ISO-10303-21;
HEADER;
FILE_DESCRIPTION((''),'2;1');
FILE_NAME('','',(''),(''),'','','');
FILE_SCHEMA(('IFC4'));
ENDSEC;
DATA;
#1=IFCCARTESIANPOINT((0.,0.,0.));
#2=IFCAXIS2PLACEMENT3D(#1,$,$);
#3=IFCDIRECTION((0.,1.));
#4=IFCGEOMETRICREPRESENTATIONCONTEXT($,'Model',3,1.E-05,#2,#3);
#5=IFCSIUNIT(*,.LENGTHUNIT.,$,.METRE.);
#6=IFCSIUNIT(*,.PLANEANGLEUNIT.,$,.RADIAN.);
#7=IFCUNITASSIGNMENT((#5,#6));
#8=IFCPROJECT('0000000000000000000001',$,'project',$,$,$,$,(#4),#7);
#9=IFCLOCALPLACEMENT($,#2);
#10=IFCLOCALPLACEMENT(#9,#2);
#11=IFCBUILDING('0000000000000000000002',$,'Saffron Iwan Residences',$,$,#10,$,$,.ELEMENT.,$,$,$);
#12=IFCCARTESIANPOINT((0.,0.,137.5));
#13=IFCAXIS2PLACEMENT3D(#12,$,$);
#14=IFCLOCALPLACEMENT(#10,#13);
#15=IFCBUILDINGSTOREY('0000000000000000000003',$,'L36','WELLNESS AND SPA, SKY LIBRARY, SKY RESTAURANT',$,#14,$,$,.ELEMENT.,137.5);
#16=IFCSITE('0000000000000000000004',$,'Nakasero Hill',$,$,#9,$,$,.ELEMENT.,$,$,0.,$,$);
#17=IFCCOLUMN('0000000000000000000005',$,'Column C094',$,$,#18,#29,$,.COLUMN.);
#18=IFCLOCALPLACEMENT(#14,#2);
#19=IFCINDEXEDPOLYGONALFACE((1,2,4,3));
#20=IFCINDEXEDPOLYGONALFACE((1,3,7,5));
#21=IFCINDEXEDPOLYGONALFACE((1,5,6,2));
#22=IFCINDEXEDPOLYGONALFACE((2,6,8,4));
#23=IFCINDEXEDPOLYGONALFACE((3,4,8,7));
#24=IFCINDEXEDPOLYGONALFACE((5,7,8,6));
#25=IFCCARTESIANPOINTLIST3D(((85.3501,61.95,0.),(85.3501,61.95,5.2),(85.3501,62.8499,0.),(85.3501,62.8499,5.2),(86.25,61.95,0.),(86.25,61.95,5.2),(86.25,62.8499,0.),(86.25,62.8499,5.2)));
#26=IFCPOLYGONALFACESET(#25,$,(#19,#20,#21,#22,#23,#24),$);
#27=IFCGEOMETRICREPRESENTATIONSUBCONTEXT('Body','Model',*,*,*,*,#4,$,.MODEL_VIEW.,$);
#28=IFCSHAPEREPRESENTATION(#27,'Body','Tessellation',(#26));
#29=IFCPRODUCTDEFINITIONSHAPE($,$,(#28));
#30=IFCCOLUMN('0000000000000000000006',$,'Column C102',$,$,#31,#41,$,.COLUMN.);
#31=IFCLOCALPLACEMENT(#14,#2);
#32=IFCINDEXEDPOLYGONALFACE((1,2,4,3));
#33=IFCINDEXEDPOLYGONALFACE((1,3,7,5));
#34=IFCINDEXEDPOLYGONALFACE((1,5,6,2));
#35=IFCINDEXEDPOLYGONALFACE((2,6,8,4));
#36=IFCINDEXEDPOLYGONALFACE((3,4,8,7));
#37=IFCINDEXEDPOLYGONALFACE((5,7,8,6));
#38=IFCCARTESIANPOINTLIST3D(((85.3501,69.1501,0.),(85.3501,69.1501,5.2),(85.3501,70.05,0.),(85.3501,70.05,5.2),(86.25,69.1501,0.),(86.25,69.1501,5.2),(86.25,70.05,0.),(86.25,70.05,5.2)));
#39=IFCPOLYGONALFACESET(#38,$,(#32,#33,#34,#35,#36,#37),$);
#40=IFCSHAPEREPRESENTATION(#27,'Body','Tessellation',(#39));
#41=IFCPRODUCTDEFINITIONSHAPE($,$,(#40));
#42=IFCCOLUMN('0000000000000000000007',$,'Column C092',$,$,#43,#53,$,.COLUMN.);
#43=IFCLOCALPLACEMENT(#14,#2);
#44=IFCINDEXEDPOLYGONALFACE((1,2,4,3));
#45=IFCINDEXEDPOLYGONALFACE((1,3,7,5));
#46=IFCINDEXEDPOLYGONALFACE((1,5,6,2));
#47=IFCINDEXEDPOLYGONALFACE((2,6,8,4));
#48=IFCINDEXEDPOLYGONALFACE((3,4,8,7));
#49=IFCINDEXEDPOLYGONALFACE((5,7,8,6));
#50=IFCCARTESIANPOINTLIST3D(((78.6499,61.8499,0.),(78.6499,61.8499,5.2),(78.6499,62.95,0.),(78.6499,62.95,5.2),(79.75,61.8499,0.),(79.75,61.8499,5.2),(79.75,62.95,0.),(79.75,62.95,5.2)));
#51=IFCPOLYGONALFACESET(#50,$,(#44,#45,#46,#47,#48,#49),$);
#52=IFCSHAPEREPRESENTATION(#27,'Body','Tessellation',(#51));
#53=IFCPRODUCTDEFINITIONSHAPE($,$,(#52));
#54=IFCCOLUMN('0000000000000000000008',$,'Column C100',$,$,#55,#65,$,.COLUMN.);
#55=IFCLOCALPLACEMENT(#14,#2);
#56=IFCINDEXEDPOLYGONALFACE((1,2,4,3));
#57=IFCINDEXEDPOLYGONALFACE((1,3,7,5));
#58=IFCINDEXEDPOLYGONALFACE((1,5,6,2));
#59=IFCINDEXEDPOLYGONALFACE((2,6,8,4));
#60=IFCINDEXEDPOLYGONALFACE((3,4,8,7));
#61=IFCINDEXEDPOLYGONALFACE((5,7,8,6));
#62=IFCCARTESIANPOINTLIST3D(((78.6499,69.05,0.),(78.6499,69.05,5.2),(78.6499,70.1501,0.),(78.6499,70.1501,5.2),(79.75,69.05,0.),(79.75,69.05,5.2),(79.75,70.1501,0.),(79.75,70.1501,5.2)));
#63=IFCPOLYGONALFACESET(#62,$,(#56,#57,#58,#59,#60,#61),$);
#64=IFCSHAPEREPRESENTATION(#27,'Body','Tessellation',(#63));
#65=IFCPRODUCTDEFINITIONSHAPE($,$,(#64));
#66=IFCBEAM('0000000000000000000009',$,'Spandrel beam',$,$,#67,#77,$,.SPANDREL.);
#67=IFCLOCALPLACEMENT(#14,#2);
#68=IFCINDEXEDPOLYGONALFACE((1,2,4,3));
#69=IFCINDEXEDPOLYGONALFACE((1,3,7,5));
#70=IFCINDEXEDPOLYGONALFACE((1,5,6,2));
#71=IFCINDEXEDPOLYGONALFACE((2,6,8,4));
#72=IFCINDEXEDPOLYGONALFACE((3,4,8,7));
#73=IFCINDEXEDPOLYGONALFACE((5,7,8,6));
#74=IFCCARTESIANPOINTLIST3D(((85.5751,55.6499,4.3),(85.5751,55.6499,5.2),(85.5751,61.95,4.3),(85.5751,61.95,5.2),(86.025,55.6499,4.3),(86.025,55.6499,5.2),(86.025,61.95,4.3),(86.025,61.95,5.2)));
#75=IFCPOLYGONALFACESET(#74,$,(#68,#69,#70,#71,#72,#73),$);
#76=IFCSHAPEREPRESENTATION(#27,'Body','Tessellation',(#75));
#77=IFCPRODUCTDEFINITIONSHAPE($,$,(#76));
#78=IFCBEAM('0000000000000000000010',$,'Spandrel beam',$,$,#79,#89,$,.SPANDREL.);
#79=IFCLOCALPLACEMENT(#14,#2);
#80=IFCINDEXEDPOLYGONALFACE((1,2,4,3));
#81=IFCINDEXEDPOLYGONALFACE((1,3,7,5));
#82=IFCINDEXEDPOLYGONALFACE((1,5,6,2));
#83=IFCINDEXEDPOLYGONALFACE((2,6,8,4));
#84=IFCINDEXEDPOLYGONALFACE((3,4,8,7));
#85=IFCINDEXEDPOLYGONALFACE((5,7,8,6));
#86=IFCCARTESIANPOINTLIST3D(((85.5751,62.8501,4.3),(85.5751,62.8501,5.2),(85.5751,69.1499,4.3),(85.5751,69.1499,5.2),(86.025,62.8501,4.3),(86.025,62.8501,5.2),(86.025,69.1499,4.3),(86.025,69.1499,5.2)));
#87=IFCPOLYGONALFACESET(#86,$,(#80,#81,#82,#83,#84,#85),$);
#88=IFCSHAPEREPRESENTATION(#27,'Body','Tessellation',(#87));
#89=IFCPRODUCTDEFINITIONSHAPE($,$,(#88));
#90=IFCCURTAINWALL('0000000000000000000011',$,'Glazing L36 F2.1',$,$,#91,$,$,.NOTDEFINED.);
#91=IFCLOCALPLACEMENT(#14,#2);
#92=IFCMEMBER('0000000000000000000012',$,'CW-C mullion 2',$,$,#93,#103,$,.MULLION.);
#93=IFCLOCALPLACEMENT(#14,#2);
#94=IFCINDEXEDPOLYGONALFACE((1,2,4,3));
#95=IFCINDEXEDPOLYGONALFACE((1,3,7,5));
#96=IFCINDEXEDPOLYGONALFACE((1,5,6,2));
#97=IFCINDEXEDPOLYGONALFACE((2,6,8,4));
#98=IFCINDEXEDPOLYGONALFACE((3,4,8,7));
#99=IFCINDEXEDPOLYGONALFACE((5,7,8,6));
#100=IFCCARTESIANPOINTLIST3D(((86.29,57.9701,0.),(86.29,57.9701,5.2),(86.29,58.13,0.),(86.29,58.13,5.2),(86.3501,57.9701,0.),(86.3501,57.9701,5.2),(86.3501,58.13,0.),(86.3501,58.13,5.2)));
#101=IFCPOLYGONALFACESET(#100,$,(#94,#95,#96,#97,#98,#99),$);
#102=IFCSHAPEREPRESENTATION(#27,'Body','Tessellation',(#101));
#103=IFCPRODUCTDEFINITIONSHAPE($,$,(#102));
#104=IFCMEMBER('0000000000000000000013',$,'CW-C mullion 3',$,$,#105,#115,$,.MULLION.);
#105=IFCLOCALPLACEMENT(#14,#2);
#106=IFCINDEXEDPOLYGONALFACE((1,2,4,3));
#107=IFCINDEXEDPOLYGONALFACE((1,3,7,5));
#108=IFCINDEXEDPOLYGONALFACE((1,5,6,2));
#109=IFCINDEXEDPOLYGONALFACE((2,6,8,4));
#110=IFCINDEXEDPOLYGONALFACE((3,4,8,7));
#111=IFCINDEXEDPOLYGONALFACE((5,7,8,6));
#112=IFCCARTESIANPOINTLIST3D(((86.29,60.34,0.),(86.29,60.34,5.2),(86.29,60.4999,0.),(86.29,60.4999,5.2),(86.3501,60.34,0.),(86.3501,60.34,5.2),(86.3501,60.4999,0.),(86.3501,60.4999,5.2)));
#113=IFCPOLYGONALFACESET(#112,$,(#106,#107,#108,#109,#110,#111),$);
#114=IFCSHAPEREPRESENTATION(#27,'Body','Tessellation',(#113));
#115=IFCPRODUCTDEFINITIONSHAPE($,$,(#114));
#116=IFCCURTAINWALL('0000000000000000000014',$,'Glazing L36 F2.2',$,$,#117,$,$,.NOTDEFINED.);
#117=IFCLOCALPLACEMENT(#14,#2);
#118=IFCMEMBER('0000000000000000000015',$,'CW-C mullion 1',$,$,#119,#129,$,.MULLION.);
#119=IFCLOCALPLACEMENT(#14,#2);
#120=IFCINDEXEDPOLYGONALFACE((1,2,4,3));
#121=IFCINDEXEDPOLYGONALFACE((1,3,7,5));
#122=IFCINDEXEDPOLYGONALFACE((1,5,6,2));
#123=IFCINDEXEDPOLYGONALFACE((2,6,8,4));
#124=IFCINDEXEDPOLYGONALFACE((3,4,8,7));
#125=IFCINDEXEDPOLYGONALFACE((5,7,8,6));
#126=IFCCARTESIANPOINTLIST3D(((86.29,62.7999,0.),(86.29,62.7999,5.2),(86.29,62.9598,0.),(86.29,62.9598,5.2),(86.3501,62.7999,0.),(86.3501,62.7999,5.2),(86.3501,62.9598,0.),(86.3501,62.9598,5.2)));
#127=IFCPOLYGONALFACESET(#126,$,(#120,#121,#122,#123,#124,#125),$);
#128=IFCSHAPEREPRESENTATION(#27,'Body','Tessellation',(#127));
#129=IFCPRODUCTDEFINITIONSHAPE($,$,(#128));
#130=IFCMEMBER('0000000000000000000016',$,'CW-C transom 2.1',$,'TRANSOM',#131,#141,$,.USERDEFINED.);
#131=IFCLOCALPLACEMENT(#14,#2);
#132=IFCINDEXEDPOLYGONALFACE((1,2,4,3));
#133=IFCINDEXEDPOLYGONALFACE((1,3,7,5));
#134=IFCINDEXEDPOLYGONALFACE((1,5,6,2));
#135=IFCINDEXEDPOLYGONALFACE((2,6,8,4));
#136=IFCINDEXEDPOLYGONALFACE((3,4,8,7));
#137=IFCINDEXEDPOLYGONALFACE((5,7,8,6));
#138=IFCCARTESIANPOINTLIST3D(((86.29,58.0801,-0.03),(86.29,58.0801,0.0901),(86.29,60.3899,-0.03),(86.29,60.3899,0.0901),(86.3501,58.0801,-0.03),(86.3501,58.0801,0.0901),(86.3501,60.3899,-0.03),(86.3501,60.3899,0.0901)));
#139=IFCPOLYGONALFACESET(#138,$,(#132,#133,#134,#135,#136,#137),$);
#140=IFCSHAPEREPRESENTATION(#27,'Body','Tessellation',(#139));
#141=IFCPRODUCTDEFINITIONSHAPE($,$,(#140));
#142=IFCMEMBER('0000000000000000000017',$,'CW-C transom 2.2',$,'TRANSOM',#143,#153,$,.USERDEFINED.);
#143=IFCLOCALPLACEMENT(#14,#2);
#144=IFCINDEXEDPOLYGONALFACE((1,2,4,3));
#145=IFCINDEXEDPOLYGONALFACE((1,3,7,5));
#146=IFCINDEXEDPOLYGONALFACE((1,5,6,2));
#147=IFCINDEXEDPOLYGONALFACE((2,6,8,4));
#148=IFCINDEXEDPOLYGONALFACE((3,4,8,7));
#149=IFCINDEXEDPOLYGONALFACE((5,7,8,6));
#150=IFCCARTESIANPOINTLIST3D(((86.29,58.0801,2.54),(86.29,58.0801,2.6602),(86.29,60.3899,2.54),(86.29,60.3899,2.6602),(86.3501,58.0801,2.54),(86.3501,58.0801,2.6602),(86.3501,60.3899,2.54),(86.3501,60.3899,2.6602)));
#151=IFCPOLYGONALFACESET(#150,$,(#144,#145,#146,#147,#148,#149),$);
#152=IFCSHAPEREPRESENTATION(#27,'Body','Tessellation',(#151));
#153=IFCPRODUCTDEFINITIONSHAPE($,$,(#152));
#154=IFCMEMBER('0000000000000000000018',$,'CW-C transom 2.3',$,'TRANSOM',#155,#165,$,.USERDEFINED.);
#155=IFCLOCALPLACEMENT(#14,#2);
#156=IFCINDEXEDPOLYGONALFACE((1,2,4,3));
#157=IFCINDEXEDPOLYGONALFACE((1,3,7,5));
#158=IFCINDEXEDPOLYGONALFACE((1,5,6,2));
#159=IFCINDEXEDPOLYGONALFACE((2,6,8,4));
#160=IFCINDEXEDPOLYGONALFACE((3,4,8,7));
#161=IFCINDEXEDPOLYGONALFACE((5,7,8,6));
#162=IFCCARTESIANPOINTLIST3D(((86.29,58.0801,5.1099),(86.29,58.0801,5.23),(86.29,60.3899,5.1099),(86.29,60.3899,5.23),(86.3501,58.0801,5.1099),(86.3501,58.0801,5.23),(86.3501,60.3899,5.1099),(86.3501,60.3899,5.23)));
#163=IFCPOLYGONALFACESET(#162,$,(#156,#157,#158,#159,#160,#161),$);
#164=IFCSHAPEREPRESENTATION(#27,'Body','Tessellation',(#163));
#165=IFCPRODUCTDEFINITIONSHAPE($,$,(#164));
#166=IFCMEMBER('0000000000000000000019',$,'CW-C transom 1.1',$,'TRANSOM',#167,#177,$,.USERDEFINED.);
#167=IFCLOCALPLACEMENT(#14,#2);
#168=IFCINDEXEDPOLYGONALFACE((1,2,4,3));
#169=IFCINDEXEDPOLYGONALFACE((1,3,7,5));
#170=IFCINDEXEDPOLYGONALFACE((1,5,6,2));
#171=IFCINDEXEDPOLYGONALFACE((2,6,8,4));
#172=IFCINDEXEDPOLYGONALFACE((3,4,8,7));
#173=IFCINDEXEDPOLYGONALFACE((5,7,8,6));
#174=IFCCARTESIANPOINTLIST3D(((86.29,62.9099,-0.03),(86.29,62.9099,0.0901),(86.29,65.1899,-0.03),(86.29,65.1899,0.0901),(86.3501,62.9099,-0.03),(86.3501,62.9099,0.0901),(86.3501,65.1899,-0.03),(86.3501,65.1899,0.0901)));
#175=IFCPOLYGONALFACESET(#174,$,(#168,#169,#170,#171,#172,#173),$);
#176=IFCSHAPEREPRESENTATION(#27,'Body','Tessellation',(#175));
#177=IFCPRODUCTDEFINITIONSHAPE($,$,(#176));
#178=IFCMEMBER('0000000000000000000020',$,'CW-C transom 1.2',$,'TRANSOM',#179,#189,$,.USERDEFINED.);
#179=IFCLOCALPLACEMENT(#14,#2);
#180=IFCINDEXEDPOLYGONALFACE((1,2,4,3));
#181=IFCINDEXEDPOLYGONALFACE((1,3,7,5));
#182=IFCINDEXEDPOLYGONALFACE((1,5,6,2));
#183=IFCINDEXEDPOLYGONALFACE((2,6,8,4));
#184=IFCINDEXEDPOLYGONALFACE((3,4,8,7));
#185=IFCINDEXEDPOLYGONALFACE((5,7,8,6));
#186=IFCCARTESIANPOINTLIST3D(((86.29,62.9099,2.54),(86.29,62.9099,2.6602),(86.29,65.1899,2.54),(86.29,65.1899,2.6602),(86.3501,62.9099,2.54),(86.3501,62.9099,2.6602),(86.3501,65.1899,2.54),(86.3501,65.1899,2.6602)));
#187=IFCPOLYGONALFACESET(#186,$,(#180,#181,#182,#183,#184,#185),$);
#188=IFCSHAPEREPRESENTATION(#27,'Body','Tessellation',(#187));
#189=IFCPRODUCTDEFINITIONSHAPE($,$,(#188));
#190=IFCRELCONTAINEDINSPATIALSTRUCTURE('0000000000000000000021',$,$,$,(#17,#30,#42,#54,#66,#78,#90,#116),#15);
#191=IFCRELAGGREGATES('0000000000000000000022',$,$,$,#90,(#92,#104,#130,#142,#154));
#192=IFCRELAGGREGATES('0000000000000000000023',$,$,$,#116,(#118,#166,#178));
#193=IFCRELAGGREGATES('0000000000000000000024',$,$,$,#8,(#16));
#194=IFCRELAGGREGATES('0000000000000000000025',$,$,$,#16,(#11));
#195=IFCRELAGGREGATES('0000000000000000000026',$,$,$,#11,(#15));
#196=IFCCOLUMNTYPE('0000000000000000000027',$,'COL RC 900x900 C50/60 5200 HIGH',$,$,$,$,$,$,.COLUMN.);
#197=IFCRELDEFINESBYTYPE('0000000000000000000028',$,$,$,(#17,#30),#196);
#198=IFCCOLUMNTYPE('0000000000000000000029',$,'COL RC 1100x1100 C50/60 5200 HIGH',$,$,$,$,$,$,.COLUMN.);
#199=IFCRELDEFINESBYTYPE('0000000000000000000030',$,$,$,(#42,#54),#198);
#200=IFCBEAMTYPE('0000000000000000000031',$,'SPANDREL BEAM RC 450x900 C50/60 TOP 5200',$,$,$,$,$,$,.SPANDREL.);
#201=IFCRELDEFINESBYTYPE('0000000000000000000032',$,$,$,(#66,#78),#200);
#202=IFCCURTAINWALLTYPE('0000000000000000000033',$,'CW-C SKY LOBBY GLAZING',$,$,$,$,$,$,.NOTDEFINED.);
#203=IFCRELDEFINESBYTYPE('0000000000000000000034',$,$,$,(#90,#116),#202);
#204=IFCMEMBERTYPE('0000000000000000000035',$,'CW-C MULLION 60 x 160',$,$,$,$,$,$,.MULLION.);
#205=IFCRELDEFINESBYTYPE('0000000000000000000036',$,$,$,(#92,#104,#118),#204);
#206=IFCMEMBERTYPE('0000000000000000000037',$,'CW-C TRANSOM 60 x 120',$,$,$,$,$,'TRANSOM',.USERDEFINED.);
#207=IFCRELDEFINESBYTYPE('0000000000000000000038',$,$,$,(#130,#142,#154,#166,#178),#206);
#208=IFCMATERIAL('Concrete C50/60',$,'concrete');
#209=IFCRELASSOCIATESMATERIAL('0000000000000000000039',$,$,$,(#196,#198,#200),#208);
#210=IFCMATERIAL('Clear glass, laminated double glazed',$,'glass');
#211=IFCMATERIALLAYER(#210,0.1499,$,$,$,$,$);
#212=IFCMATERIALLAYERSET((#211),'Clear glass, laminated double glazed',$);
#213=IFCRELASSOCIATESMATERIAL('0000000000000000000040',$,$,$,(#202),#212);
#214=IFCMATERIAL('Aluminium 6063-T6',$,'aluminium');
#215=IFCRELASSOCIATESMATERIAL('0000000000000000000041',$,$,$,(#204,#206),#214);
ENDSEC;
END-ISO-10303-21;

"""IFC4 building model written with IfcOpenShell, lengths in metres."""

from ifc_helpers import new_model, si_unit, direction, frame, origin, origin_2d, place, context, subcontext, project, spatial, rectangle, extrude, source, transform, mapped, material, layer, layer_set, material_profile, profile_set, type_object, element, aggregate, save


model = new_model("IFC4")

# Units and contexts
model_context = context("Model", 3, precision=1e-05, world=origin(), true_north=direction((0.0, 1.0)))
body_context = subcontext(model_context, "Body", "Model", "MODEL_VIEW")
ifc_project = project(units=[si_unit("LENGTHUNIT", "METRE"), si_unit("PLANEANGLEUNIT", "RADIAN")], contexts=[model_context])

# Site, building, storey
site_placement = place(None, origin())
site = spatial("IfcSite", under=ifc_project, at=site_placement, Name="Nakasero Hill", CompositionType="ELEMENT", RefElevation=0.0)
building_placement = place(site_placement, origin())
building = spatial("IfcBuilding", under=site, at=building_placement, Name="Saffron Iwan Residences", CompositionType="ELEMENT")
storey_placement = place(building_placement, frame((0.0, 0.0, 137.5)))
storey = spatial("IfcBuildingStorey", under=building, at=storey_placement, Name="L36", Description="WELLNESS AND SPA, SKY LIBRARY, SKY RESTAURANT", CompositionType="ELEMENT", Elevation=137.5)

# Columns
ifc_material_1 = material(Name="Concrete C50/60", Category="concrete")
ifc_material_profile_1 = material_profile(ifc_material_1, rectangle(XDim=0.8999, YDim=0.8999, at=origin_2d()), Name="RC 900x900")
ifc_profile_set_1 = profile_set([ifc_material_profile_1], Name="Concrete C50/60")
column_type_1 = type_object("IfcColumnType", Name="COL RC 900x900 C50/60 5200 HIGH", PredefinedType="COLUMN", material=ifc_profile_set_1)
shared_shape_1 = source(origin(), body_context, "Body", "SweptSolid", [
    extrude(rectangle(XDim=0.8999, YDim=0.8999, at=origin_2d()), origin(), (0.0, 0.0, 1.0), 5.2),
])
for number, where, z_axis, x_axis, name in (
    (1, (85.8, 62.3999, 0.0), (0.0, 0.0, 1.0), (1.0, 0.0, 0.0), "Column C094"),
    (2, (85.8, 69.6001, 0.0), (0.0, 0.0, 1.0), (1.0, 0.0, 0.0), "Column C102"),
):
    element("IfcColumn", number, at=place(storey_placement, frame(where, z_axis=z_axis, x_axis=x_axis)), inside=storey, type_object=column_type_1, Name=name, PredefinedType="COLUMN", context=body_context, shape_type="MappedRepresentation", body=[
        mapped(shared_shape_1, transform((0.0, 0.0, 0.0))),
    ])
ifc_material_profile_2 = material_profile(ifc_material_1, rectangle(XDim=1.1001, YDim=1.1001, at=origin_2d()), Name="RC 1100x1100")
ifc_profile_set_2 = profile_set([ifc_material_profile_2], Name="Concrete C50/60")
column_type_2 = type_object("IfcColumnType", Name="COL RC 1100x1100 C50/60 5200 HIGH", PredefinedType="COLUMN", material=ifc_profile_set_2)
shared_shape_2 = source(origin(), body_context, "Body", "SweptSolid", [
    extrude(rectangle(XDim=1.1001, YDim=1.1001, at=origin_2d()), origin(), (0.0, 0.0, 1.0), 5.2),
])
for number, where, z_axis, x_axis, name in (
    (3, (79.2, 62.3999, 0.0), (0.0, 0.0, 1.0), (1.0, 0.0, 0.0), "Column C092"),
    (4, (79.2, 69.6001, 0.0), (0.0, 0.0, 1.0), (1.0, 0.0, 0.0), "Column C100"),
):
    element("IfcColumn", number, at=place(storey_placement, frame(where, z_axis=z_axis, x_axis=x_axis)), inside=storey, type_object=column_type_2, Name=name, PredefinedType="COLUMN", context=body_context, shape_type="MappedRepresentation", body=[
        mapped(shared_shape_2, transform((0.0, 0.0, 0.0))),
    ])

# Beams
ifc_material_profile_3 = material_profile(ifc_material_1, rectangle(XDim=0.45, YDim=0.8999, at=origin_2d()), Name="RC 450x900")
ifc_profile_set_3 = profile_set([ifc_material_profile_3], Name="Concrete C50/60")
beam_type = type_object("IfcBeamType", Name="SPANDREL BEAM RC 450x900 C50/60 TOP 5200", PredefinedType="SPANDREL", material=ifc_profile_set_3)
shared_shape_3 = source(origin(), body_context, "Body", "SweptSolid", [
    extrude(rectangle(XDim=0.45, YDim=0.8999, at=origin_2d()), origin(), (0.0, 0.0, 1.0), 6.3),
])
beam_1_placement = place(storey_placement, frame((85.8, 61.95, 4.75), z_axis=(0.0, -1.0, 0.0), x_axis=(1.0, 0.0, 0.0)))
element("IfcBeam", 5, at=beam_1_placement, inside=storey, type_object=beam_type, Name="Spandrel beam", PredefinedType="SPANDREL", context=body_context, shape_type="MappedRepresentation", body=[
    mapped(shared_shape_3, transform((0.0, 0.0, 0.0))),
])
shared_shape_4 = source(origin(), body_context, "Body", "SweptSolid", [
    extrude(rectangle(XDim=0.45, YDim=0.8999, at=origin_2d()), origin(), (0.0, 0.0, 1.0), 6.2998),
])
beam_2_placement = place(storey_placement, frame((85.8, 69.1499, 4.75), z_axis=(0.0, -1.0, 0.0), x_axis=(1.0, 0.0, 0.0)))
element("IfcBeam", 6, at=beam_2_placement, inside=storey, type_object=beam_type, Name="Spandrel beam", PredefinedType="SPANDREL", context=body_context, shape_type="MappedRepresentation", body=[
    mapped(shared_shape_4, transform((0.0, 0.0, 0.0))),
])

# Curtain wall, members
ifc_material_2 = material(Name="Clear glass, laminated double glazed", Category="glass")
ifc_layer_1 = layer(ifc_material_2, 0.1499)
ifc_layer_set_1 = layer_set([ifc_layer_1], Name="Clear glass, laminated double glazed")
curtain_wall_type = type_object("IfcCurtainWallType", Name="CW-C SKY LOBBY GLAZING", PredefinedType="NOTDEFINED", material=ifc_layer_set_1)
curtain_wall_1_placement = place(storey_placement, origin())
curtain_wall_1 = element("IfcCurtainWall", 7, at=curtain_wall_1_placement, inside=storey, type_object=curtain_wall_type, Name="Glazing L36 F2.1", PredefinedType="NOTDEFINED")
ifc_material_3 = material(Name="Aluminium 6063-T6", Category="aluminium")
ifc_material_profile_4 = material_profile(ifc_material_3, rectangle(XDim=0.0601, YDim=0.1599, at=origin_2d()), Name="CW-C MULLION 60 x 160")
ifc_profile_set_4 = profile_set([ifc_material_profile_4], Name="Aluminium 6063-T6")
member_type_1 = type_object("IfcMemberType", Name="CW-C MULLION 60 x 160", PredefinedType="MULLION", material=ifc_profile_set_4)
shared_shape_5 = source(origin(), body_context, "Body", "SweptSolid", [
    extrude(rectangle(XDim=0.0601, YDim=0.1599, at=origin_2d()), origin(), (0.0, 0.0, 1.0), 5.2),
])
member_1_placement = place(storey_placement, frame((86.3201, 58.05, 0.0), z_axis=(0.0, 0.0, 1.0), x_axis=(-1.0, 0.0, 0.0)))
member_1 = element("IfcMember", 8, at=member_1_placement, type_object=member_type_1, Name="CW-C mullion 2", PredefinedType="MULLION", context=body_context, shape_type="MappedRepresentation", body=[
    mapped(shared_shape_5, transform((0.0, 0.0, 0.0))),
])
member_2_placement = place(storey_placement, frame((86.3201, 60.4199, 0.0), z_axis=(0.0, 0.0, 1.0), x_axis=(-1.0, 0.0, 0.0)))
member_2 = element("IfcMember", 9, at=member_2_placement, type_object=member_type_1, Name="CW-C mullion 3", PredefinedType="MULLION", context=body_context, shape_type="MappedRepresentation", body=[
    mapped(shared_shape_5, transform((0.0, 0.0, 0.0))),
])

# Curtain wall, member
curtain_wall_2_placement = place(storey_placement, origin())
curtain_wall_2 = element("IfcCurtainWall", 10, at=curtain_wall_2_placement, inside=storey, type_object=curtain_wall_type, Name="Glazing L36 F2.2", PredefinedType="NOTDEFINED")
member_3_placement = place(storey_placement, frame((86.3201, 62.8799, 0.0), z_axis=(0.0, 0.0, 1.0), x_axis=(-1.0, 0.0, 0.0)))
member_3 = element("IfcMember", 11, at=member_3_placement, type_object=member_type_1, Name="CW-C mullion 1", PredefinedType="MULLION", context=body_context, shape_type="MappedRepresentation", body=[
    mapped(shared_shape_5, transform((0.0, 0.0, 0.0))),
])

# Members
ifc_material_profile_5 = material_profile(ifc_material_3, rectangle(XDim=0.0601, YDim=0.1201, at=origin_2d()), Name="CW-C TRANSOM 60 x 120")
ifc_profile_set_5 = profile_set([ifc_material_profile_5], Name="Aluminium 6063-T6")
member_type_2 = type_object("IfcMemberType", Name="CW-C TRANSOM 60 x 120", ElementType="TRANSOM", PredefinedType="USERDEFINED", material=ifc_profile_set_5)
shared_shape_6 = source(origin(), body_context, "Body", "SweptSolid", [
    extrude(rectangle(XDim=0.0601, YDim=0.1201, at=origin_2d()), origin(), (0.0, 0.0, 1.0), 2.3098),
])
member_4_placement = place(storey_placement, frame((86.3201, 58.0801, 0.03), z_axis=(0.0, 1.0, 0.0), x_axis=(-1.0, 0.0, 0.0)))
member_4 = element("IfcMember", 12, at=member_4_placement, type_object=member_type_2, Name="CW-C transom 2.1", ObjectType="TRANSOM", PredefinedType="USERDEFINED", context=body_context, shape_type="MappedRepresentation", body=[
    mapped(shared_shape_6, transform((0.0, 0.0, 0.0))),
])
member_5_placement = place(storey_placement, frame((86.3201, 58.0801, 2.6001), z_axis=(0.0, 1.0, 0.0), x_axis=(-1.0, 0.0, 0.0)))
member_5 = element("IfcMember", 13, at=member_5_placement, type_object=member_type_2, Name="CW-C transom 2.2", ObjectType="TRANSOM", PredefinedType="USERDEFINED", context=body_context, shape_type="MappedRepresentation", body=[
    mapped(shared_shape_6, transform((0.0, 0.0, 0.0))),
])
member_6_placement = place(storey_placement, frame((86.3201, 58.0801, 5.1699), z_axis=(0.0, 1.0, 0.0), x_axis=(-1.0, 0.0, 0.0)))
member_6 = element("IfcMember", 14, at=member_6_placement, type_object=member_type_2, Name="CW-C transom 2.3", ObjectType="TRANSOM", PredefinedType="USERDEFINED", context=body_context, shape_type="MappedRepresentation", body=[
    mapped(shared_shape_6, transform((0.0, 0.0, 0.0))),
])
shared_shape_7 = source(origin(), body_context, "Body", "SweptSolid", [
    extrude(rectangle(XDim=0.0601, YDim=0.1201, at=origin_2d()), origin(), (0.0, 0.0, 1.0), 2.28),
])
member_7_placement = place(storey_placement, frame((86.3201, 62.9099, 0.03), z_axis=(0.0, 1.0, 0.0), x_axis=(-1.0, 0.0, 0.0)))
member_7 = element("IfcMember", 15, at=member_7_placement, type_object=member_type_2, Name="CW-C transom 1.1", ObjectType="TRANSOM", PredefinedType="USERDEFINED", context=body_context, shape_type="MappedRepresentation", body=[
    mapped(shared_shape_7, transform((0.0, 0.0, 0.0))),
])
member_8_placement = place(storey_placement, frame((86.3201, 62.9099, 2.6001), z_axis=(0.0, 1.0, 0.0), x_axis=(-1.0, 0.0, 0.0)))
member_8 = element("IfcMember", 16, at=member_8_placement, type_object=member_type_2, Name="CW-C transom 1.2", ObjectType="TRANSOM", PredefinedType="USERDEFINED", context=body_context, shape_type="MappedRepresentation", body=[
    mapped(shared_shape_7, transform((0.0, 0.0, 0.0))),
])

aggregate(curtain_wall_1, [member_1, member_2, member_4, member_5, member_6])
aggregate(curtain_wall_2, [member_3, member_7, member_8])

save(model, "model.ifc")
